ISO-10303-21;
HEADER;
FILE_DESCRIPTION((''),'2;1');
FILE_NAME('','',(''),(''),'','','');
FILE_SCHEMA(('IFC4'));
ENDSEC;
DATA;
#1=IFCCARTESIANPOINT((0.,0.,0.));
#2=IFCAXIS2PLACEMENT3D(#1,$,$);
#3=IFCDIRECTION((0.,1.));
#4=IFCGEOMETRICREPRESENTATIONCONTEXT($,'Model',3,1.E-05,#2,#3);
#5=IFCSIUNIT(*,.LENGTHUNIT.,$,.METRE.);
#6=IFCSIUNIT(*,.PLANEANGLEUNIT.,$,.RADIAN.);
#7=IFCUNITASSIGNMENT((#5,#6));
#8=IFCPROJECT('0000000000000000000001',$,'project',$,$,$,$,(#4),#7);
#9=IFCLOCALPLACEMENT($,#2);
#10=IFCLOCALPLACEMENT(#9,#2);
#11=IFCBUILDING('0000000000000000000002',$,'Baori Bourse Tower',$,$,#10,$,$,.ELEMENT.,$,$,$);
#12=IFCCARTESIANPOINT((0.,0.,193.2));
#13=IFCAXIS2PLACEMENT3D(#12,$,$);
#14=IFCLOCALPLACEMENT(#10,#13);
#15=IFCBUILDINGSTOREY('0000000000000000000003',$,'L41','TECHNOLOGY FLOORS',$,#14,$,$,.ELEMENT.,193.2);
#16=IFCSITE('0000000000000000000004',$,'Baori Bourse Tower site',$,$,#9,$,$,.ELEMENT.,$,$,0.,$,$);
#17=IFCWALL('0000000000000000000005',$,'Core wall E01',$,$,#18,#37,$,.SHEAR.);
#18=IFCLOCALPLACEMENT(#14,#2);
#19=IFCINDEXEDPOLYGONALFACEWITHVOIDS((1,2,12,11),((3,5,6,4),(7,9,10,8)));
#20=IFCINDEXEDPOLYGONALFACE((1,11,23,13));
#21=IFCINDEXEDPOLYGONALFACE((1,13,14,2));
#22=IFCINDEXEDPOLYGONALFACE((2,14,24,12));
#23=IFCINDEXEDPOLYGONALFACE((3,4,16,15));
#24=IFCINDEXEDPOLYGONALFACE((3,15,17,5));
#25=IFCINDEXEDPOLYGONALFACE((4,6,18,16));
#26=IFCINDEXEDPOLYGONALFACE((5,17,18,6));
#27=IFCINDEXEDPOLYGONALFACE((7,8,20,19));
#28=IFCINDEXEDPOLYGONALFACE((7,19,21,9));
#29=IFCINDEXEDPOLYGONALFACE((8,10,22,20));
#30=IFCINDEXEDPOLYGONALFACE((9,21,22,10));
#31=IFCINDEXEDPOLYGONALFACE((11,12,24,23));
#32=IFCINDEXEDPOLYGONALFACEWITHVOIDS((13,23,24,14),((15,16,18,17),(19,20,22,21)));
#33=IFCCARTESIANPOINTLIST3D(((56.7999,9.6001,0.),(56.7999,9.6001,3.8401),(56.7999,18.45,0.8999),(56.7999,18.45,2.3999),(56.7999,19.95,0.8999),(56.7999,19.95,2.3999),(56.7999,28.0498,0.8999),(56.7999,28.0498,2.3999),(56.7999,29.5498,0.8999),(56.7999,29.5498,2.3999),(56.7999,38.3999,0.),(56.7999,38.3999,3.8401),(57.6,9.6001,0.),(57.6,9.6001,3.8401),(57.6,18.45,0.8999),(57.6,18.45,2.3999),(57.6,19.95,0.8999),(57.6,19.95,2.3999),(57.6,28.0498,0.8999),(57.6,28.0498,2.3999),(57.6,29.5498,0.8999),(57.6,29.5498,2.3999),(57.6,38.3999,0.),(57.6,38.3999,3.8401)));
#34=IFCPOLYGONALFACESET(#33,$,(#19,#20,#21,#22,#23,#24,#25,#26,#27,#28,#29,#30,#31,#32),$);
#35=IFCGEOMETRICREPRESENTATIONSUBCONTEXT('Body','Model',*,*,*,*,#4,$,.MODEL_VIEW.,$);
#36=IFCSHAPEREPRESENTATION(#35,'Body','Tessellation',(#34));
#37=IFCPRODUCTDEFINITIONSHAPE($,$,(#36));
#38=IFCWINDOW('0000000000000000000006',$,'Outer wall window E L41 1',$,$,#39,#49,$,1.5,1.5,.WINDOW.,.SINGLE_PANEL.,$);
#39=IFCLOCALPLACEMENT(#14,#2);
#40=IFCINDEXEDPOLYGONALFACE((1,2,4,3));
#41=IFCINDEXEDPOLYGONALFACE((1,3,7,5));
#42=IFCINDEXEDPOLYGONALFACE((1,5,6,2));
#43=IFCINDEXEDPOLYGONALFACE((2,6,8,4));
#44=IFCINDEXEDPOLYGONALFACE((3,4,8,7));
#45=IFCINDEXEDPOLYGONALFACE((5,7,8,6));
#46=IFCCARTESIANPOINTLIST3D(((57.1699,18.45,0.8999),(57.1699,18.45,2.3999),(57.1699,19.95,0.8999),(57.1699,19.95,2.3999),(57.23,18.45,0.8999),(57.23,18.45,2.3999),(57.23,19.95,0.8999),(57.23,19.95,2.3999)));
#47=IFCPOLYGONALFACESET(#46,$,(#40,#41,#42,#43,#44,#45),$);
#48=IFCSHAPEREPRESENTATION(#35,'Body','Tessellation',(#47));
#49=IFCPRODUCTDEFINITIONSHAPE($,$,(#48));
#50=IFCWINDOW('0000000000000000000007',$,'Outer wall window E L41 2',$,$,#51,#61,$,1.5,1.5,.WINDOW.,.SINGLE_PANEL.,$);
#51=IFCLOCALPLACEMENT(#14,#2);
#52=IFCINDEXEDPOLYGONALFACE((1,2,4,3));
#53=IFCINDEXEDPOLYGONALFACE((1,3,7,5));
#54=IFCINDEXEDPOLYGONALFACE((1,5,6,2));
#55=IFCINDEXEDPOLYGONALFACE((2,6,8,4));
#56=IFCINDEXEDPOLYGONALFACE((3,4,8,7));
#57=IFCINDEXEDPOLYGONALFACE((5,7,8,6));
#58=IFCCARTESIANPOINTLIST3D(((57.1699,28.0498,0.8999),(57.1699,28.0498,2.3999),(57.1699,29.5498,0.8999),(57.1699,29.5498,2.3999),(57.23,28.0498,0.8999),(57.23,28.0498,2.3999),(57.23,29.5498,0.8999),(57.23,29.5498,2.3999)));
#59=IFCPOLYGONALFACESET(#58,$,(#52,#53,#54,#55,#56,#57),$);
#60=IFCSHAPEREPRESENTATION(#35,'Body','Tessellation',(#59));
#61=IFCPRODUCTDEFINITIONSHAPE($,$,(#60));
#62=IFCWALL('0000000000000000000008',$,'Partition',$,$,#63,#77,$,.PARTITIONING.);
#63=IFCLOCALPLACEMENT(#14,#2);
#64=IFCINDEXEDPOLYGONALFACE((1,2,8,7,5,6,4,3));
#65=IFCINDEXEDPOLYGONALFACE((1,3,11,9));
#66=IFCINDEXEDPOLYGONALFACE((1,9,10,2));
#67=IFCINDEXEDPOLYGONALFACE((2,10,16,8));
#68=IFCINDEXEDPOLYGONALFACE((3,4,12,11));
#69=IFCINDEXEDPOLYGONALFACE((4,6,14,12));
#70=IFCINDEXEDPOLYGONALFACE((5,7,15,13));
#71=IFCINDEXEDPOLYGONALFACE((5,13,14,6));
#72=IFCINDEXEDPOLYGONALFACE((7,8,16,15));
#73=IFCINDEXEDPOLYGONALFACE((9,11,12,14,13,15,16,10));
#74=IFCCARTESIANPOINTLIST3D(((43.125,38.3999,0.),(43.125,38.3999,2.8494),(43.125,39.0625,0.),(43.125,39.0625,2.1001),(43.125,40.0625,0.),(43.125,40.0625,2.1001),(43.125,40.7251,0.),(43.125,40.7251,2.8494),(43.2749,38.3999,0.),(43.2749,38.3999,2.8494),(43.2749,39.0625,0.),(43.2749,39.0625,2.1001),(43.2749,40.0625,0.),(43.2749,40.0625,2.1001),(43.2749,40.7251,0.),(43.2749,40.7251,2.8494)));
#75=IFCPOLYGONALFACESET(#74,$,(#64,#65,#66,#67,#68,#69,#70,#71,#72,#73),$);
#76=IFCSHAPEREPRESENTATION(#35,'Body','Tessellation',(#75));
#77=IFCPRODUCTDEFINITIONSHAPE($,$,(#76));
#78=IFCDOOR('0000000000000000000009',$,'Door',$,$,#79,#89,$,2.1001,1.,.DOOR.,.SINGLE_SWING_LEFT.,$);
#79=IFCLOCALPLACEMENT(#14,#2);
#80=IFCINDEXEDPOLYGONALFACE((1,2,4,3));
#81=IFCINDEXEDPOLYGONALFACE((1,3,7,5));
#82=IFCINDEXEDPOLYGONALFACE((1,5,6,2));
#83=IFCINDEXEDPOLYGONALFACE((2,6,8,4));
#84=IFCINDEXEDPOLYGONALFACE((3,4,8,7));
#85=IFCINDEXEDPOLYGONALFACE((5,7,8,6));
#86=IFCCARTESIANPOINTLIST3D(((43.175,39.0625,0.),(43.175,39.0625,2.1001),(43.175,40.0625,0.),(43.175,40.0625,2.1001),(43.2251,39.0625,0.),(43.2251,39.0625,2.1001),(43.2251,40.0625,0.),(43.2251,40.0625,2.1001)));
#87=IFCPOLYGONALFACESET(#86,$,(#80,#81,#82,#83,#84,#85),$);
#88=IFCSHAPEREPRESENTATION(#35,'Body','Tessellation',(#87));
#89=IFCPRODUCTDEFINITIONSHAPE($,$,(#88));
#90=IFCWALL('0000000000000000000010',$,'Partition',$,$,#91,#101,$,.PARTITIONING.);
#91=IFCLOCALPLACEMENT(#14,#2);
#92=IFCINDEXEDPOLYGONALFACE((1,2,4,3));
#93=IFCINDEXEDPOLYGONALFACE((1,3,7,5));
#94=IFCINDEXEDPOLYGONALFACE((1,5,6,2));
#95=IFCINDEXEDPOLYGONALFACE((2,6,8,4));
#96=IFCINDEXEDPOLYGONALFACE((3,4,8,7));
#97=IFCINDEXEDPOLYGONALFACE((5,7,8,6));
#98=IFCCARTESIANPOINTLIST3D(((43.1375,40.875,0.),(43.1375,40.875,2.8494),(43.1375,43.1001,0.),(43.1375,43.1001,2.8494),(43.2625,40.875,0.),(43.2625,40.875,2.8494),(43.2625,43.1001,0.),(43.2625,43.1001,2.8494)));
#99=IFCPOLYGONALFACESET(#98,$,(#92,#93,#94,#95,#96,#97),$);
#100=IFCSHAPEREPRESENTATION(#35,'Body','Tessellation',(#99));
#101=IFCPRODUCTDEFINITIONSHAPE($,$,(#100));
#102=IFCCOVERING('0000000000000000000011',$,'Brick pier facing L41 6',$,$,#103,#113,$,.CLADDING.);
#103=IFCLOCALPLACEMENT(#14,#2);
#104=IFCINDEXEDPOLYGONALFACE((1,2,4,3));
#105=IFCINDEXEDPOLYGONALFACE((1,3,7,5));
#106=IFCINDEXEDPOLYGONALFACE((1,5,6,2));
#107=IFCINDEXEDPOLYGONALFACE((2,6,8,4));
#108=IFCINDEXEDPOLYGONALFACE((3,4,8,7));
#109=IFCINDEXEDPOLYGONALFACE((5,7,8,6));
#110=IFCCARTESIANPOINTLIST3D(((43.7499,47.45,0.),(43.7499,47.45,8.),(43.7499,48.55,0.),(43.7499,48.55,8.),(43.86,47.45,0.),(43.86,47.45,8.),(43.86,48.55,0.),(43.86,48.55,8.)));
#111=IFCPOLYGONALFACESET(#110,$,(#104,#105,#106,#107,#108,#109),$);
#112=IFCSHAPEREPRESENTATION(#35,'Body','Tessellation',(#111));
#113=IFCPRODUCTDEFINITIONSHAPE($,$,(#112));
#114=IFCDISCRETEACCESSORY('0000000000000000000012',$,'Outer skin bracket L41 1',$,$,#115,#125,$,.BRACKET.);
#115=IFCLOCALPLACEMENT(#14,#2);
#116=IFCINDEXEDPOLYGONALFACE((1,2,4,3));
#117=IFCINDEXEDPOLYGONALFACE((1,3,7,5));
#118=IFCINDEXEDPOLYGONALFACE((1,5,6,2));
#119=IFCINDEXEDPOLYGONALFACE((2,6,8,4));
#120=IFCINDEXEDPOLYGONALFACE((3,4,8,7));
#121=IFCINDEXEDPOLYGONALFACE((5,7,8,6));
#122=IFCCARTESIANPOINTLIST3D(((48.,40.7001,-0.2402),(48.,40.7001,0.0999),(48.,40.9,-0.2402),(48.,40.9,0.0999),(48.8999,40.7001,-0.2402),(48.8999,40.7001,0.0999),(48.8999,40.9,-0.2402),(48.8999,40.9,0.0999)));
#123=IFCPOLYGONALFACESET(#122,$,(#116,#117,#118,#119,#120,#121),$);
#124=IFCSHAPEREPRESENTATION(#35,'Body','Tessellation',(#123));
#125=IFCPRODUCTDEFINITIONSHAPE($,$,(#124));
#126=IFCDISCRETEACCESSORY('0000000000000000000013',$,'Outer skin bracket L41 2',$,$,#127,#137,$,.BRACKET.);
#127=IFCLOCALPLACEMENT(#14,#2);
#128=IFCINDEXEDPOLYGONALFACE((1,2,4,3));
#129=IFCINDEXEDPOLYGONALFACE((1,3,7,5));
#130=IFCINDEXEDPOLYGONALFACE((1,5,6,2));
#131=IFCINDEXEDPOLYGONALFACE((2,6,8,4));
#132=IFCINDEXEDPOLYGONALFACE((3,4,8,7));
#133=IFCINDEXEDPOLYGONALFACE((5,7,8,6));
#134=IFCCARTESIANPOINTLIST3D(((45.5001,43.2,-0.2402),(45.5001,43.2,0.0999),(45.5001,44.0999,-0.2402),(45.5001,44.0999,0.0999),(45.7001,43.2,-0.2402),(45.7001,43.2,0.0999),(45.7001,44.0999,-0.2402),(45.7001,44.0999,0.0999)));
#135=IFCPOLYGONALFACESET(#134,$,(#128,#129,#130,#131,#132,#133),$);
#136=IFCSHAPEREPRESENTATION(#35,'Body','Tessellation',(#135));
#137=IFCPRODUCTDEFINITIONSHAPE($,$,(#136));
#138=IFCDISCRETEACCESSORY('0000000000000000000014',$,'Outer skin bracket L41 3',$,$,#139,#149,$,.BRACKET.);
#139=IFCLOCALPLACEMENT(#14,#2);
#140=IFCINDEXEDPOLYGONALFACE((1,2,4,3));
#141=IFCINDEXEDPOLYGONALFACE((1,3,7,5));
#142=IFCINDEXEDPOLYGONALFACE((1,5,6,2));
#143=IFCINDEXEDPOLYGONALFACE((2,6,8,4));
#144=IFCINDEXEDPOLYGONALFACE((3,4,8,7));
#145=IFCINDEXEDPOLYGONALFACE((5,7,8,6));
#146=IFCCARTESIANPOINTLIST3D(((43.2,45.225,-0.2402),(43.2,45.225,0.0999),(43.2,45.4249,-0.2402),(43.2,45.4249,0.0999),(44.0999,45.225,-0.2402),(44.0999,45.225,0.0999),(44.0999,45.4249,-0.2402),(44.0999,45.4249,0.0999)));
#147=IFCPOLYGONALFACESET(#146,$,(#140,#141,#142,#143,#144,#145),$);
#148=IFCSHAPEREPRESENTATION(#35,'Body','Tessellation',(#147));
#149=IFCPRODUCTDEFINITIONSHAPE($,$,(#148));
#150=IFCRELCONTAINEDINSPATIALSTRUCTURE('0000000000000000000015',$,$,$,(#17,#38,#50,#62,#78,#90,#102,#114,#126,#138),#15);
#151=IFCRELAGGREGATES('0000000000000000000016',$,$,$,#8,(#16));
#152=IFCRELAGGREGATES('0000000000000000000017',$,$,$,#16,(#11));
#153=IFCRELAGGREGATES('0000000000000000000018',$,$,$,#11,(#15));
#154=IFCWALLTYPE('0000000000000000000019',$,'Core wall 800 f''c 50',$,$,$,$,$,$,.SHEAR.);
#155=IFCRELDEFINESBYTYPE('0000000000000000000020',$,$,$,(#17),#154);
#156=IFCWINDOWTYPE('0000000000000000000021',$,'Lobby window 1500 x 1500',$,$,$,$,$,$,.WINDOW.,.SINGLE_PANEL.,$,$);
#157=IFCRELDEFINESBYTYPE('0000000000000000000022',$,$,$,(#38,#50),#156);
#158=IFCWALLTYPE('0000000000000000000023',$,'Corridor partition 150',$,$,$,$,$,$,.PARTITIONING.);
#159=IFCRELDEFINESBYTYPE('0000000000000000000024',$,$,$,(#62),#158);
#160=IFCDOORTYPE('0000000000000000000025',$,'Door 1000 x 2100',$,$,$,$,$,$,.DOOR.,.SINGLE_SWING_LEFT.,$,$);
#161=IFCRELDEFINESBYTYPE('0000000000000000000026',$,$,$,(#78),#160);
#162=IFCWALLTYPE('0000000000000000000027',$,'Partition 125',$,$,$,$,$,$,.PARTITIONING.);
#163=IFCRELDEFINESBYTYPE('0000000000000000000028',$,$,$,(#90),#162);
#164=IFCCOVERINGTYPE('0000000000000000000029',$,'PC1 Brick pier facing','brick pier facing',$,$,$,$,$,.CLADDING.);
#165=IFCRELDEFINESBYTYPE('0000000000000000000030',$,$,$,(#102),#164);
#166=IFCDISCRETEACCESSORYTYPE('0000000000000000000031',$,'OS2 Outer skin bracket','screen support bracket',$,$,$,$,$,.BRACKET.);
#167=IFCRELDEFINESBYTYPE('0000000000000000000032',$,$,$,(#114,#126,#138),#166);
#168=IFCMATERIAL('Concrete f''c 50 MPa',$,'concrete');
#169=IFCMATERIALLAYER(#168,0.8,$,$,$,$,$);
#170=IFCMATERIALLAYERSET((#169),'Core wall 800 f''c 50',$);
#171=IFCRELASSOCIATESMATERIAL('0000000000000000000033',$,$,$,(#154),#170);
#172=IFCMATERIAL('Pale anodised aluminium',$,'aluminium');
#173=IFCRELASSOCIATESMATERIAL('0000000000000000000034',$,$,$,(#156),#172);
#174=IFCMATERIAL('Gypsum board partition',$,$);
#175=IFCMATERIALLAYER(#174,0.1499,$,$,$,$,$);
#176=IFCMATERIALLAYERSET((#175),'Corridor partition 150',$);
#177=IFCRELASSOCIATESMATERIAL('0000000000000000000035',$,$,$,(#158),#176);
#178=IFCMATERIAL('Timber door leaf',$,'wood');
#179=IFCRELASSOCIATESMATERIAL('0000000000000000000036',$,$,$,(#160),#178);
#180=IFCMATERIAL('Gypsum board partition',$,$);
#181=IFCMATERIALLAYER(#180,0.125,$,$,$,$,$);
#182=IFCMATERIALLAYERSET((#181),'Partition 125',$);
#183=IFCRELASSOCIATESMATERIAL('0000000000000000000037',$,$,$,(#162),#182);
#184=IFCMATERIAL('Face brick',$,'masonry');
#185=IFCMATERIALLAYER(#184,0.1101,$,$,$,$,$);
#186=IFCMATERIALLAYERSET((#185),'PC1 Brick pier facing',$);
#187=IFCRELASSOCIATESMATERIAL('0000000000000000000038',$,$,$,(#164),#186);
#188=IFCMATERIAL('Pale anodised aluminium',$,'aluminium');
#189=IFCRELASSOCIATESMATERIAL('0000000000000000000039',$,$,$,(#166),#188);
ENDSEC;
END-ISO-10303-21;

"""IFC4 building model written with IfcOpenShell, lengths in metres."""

from ifc_helpers import new_model, si_unit, direction, frame, frame_2d, origin, origin_2d, place, context, subcontext, project, spatial, rectangle, extrude, material, layer, layer_set, type_object, element, fill, save


model = new_model("IFC4")

# Units and contexts
model_context = context("Model", 3, precision=1e-05, world=origin(), true_north=direction((0.0, 1.0)))
body_context = subcontext(model_context, "Body", "Model", "MODEL_VIEW")
ifc_project = project(units=[si_unit("LENGTHUNIT", "METRE"), si_unit("PLANEANGLEUNIT", "RADIAN")], contexts=[model_context])

# Site, building, storey
site_placement = place(None, origin())
site = spatial("IfcSite", under=ifc_project, at=site_placement, Name="Baori Bourse Tower site", CompositionType="ELEMENT", RefElevation=0.0)
building_placement = place(site_placement, origin())
building = spatial("IfcBuilding", under=site, at=building_placement, Name="Baori Bourse Tower", CompositionType="ELEMENT")
storey_placement = place(building_placement, frame((0.0, 0.0, 193.2)))
storey = spatial("IfcBuildingStorey", under=building, at=storey_placement, Name="L41", Description="TECHNOLOGY FLOORS", CompositionType="ELEMENT", Elevation=193.2)

# Wall, openings, windows
ifc_material_1 = material(Name="Concrete f'c 50 MPa", Category="concrete")
ifc_layer_1 = layer(ifc_material_1, 0.8)
ifc_layer_set_1 = layer_set([ifc_layer_1], Name="Core wall 800 f'c 50")
wall_type_1 = type_object("IfcWallType", Name="Core wall 800 f'c 50", PredefinedType="SHEAR", material=ifc_layer_set_1)
wall_1_placement = place(storey_placement, frame((57.2, 38.3999, 0.0), z_axis=(0.0, 0.0, 1.0), x_axis=(0.0, -1.0, 0.0)))
wall_1 = element("IfcWall", 1, at=wall_1_placement, inside=storey, type_object=wall_type_1, Name="Core wall E01", PredefinedType="SHEAR", context=body_context, shape_type="SweptSolid", body=[
    extrude(rectangle(XDim=28.7998, YDim=0.8, at=frame_2d((14.3999, 0.0))), origin(), (0.0, 0.0, 1.0), 3.8401),
])
opening_1_placement = place(wall_1_placement, frame((18.45, 0.0, 0.8999)))
opening_1 = element("IfcOpeningElement", 2, at=opening_1_placement, cuts=wall_1, PredefinedType="OPENING", context=body_context, shape_type="SweptSolid", body=[
    extrude(rectangle(XDim=1.5, YDim=1.5, at=frame_2d((0.75, 0.75))), frame((0.0, 0.4099, 0.0), z_axis=(0.0, -1.0, 0.0), x_axis=(1.0, 0.0, 0.0)), (0.0, 0.0, 1.0), 0.8201),
])
opening_2_placement = place(wall_1_placement, frame((8.8501, 0.0, 0.8999)))
opening_2 = element("IfcOpeningElement", 3, at=opening_2_placement, cuts=wall_1, PredefinedType="OPENING", context=body_context, shape_type="SweptSolid", body=[
    extrude(rectangle(XDim=1.5, YDim=1.5, at=frame_2d((0.75, 0.75))), frame((0.0, 0.4099, 0.0), z_axis=(0.0, -1.0, 0.0), x_axis=(1.0, 0.0, 0.0)), (0.0, 0.0, 1.0), 0.8201),
])
ifc_material_2 = material(Name="Pale anodised aluminium", Category="aluminium")
window_type = type_object("IfcWindowType", Name="Lobby window 1500 x 1500", PartitioningType="SINGLE_PANEL", PredefinedType="WINDOW", material=ifc_material_2)
window_1_placement = place(opening_1_placement, origin())
window_1 = element("IfcWindow", 4, at=window_1_placement, inside=storey, type_object=window_type, Name="Outer wall window E L41 1", OverallHeight=1.5, OverallWidth=1.5, PartitioningType="SINGLE_PANEL", PredefinedType="WINDOW", context=body_context, shape_type="SweptSolid", body=[
    extrude(rectangle(XDim=1.5, YDim=1.5, at=frame_2d((0.75, 0.75))), frame((0.0, 0.03, 0.0), z_axis=(0.0, -1.0, 0.0), x_axis=(1.0, 0.0, 0.0)), (0.0, 0.0, 1.0), 0.0601),
])
fill(opening_1, window_1)
window_2_placement = place(opening_2_placement, origin())
window_2 = element("IfcWindow", 5, at=window_2_placement, inside=storey, type_object=window_type, Name="Outer wall window E L41 2", OverallHeight=1.5, OverallWidth=1.5, PartitioningType="SINGLE_PANEL", PredefinedType="WINDOW", context=body_context, shape_type="SweptSolid", body=[
    extrude(rectangle(XDim=1.5, YDim=1.5, at=frame_2d((0.75, 0.75))), frame((0.0, 0.03, 0.0), z_axis=(0.0, -1.0, 0.0), x_axis=(1.0, 0.0, 0.0)), (0.0, 0.0, 1.0), 0.0601),
])
fill(opening_2, window_2)

# Wall, opening, door
ifc_material_3 = material(Name="Gypsum board partition")
ifc_layer_2 = layer(ifc_material_3, 0.1499)
ifc_layer_set_2 = layer_set([ifc_layer_2], Name="Corridor partition 150")
wall_type_2 = type_object("IfcWallType", Name="Corridor partition 150", PredefinedType="PARTITIONING", material=ifc_layer_set_2)
wall_2_placement = place(storey_placement, frame((43.2, 38.3999, 0.0), z_axis=(0.0, 0.0, 1.0), x_axis=(0.0, 1.0, 0.0)))
wall_2 = element("IfcWall", 6, at=wall_2_placement, inside=storey, type_object=wall_type_2, Name="Partition", PredefinedType="PARTITIONING", context=body_context, shape_type="SweptSolid", body=[
    extrude(rectangle(XDim=2.3252, YDim=0.1499, at=frame_2d((1.1626, 0.0))), origin(), (0.0, 0.0, 1.0), 2.8494),
])
opening_3_placement = place(wall_2_placement, frame((0.6626, 0.0, 0.0)))
opening_3 = element("IfcOpeningElement", 7, at=opening_3_placement, cuts=wall_2, PredefinedType="OPENING", context=body_context, shape_type="SweptSolid", body=[
    extrude(rectangle(XDim=1.0, YDim=2.1001, at=frame_2d((0.5, 1.05))), frame((0.0, 0.085, 0.0), z_axis=(0.0, -1.0, 0.0), x_axis=(1.0, 0.0, 0.0)), (0.0, 0.0, 1.0), 0.1699),
])
ifc_material_4 = material(Name="Timber door leaf", Category="wood")
door_type = type_object("IfcDoorType", Name="Door 1000 x 2100", OperationType="SINGLE_SWING_LEFT", PredefinedType="DOOR", material=ifc_material_4)
door_placement = place(opening_3_placement, origin())
door = element("IfcDoor", 8, at=door_placement, inside=storey, type_object=door_type, Name="Door", OperationType="SINGLE_SWING_LEFT", OverallHeight=2.1001, OverallWidth=1.0, PredefinedType="DOOR", context=body_context, shape_type="SweptSolid", body=[
    extrude(rectangle(XDim=1.0, YDim=2.1001, at=frame_2d((0.5, 1.05))), frame((0.0, 0.0249, 0.0), z_axis=(0.0, -1.0, 0.0), x_axis=(1.0, 0.0, 0.0)), (0.0, 0.0, 1.0), 0.05),
])
fill(opening_3, door)

# Wall
ifc_material_5 = material(Name="Gypsum board partition")
ifc_layer_3 = layer(ifc_material_5, 0.125)
ifc_layer_set_3 = layer_set([ifc_layer_3], Name="Partition 125")
wall_type_3 = type_object("IfcWallType", Name="Partition 125", PredefinedType="PARTITIONING", material=ifc_layer_set_3)
wall_3_placement = place(storey_placement, frame((43.2, 40.875, 0.0), z_axis=(0.0, 0.0, 1.0), x_axis=(0.0, 1.0, 0.0)))
element("IfcWall", 9, at=wall_3_placement, inside=storey, type_object=wall_type_3, Name="Partition", PredefinedType="PARTITIONING", context=body_context, shape_type="SweptSolid", body=[
    extrude(rectangle(XDim=2.2251, YDim=0.125, at=frame_2d((1.1125, 0.0))), origin(), (0.0, 0.0, 1.0), 2.8494),
])

# Covering
ifc_material_6 = material(Name="Face brick", Category="masonry")
ifc_layer_4 = layer(ifc_material_6, 0.1101)
ifc_layer_set_4 = layer_set([ifc_layer_4], Name="PC1 Brick pier facing")
covering_type = type_object("IfcCoveringType", Name="PC1 Brick pier facing", Description="brick pier facing", PredefinedType="CLADDING", material=ifc_layer_set_4)
covering_placement = place(storey_placement, frame((43.8049, 48.0, 0.0), z_axis=(0.0, 0.0, 1.0), x_axis=(1.0, 0.0, 0.0)))
element("IfcCovering", 10, at=covering_placement, inside=storey, type_object=covering_type, Name="Brick pier facing L41 6", PredefinedType="CLADDING", context=body_context, shape_type="SweptSolid", body=[
    extrude(rectangle(XDim=0.1101, YDim=1.1001, at=origin_2d()), origin(), (0.0, 0.0, 1.0), 8.0),
])

# Discrete accessories
ifc_material_7 = material(Name="Pale anodised aluminium", Category="aluminium")
discrete_accessory_type = type_object("IfcDiscreteAccessoryType", Name="OS2 Outer skin bracket", Description="screen support bracket", PredefinedType="BRACKET", material=ifc_material_7)
for number, where, z_axis, x_axis, name in (
    (11, (48.45, 40.8, -0.2402), (0.0, 0.0, 1.0), (0.0, 1.0, 0.0), "Outer skin bracket L41 1"),
    (12, (45.6001, 43.6499, -0.2402), (0.0, 0.0, 1.0), (-1.0, 0.0, 0.0), "Outer skin bracket L41 2"),
    (13, (43.6499, 45.325, -0.2402), (0.0, 0.0, 1.0), (0.0, 1.0, 0.0), "Outer skin bracket L41 3"),
):
    element("IfcDiscreteAccessory", number, at=place(storey_placement, frame(where, z_axis=z_axis, x_axis=x_axis)), inside=storey, type_object=discrete_accessory_type, Name=name, PredefinedType="BRACKET", context=body_context, shape_type="SweptSolid", body=[
        extrude(rectangle(XDim=0.2, YDim=0.8999, at=origin_2d()), origin(), (0.0, 0.0, 1.0), 0.3401),
    ])

save(model, "model.ifc")
